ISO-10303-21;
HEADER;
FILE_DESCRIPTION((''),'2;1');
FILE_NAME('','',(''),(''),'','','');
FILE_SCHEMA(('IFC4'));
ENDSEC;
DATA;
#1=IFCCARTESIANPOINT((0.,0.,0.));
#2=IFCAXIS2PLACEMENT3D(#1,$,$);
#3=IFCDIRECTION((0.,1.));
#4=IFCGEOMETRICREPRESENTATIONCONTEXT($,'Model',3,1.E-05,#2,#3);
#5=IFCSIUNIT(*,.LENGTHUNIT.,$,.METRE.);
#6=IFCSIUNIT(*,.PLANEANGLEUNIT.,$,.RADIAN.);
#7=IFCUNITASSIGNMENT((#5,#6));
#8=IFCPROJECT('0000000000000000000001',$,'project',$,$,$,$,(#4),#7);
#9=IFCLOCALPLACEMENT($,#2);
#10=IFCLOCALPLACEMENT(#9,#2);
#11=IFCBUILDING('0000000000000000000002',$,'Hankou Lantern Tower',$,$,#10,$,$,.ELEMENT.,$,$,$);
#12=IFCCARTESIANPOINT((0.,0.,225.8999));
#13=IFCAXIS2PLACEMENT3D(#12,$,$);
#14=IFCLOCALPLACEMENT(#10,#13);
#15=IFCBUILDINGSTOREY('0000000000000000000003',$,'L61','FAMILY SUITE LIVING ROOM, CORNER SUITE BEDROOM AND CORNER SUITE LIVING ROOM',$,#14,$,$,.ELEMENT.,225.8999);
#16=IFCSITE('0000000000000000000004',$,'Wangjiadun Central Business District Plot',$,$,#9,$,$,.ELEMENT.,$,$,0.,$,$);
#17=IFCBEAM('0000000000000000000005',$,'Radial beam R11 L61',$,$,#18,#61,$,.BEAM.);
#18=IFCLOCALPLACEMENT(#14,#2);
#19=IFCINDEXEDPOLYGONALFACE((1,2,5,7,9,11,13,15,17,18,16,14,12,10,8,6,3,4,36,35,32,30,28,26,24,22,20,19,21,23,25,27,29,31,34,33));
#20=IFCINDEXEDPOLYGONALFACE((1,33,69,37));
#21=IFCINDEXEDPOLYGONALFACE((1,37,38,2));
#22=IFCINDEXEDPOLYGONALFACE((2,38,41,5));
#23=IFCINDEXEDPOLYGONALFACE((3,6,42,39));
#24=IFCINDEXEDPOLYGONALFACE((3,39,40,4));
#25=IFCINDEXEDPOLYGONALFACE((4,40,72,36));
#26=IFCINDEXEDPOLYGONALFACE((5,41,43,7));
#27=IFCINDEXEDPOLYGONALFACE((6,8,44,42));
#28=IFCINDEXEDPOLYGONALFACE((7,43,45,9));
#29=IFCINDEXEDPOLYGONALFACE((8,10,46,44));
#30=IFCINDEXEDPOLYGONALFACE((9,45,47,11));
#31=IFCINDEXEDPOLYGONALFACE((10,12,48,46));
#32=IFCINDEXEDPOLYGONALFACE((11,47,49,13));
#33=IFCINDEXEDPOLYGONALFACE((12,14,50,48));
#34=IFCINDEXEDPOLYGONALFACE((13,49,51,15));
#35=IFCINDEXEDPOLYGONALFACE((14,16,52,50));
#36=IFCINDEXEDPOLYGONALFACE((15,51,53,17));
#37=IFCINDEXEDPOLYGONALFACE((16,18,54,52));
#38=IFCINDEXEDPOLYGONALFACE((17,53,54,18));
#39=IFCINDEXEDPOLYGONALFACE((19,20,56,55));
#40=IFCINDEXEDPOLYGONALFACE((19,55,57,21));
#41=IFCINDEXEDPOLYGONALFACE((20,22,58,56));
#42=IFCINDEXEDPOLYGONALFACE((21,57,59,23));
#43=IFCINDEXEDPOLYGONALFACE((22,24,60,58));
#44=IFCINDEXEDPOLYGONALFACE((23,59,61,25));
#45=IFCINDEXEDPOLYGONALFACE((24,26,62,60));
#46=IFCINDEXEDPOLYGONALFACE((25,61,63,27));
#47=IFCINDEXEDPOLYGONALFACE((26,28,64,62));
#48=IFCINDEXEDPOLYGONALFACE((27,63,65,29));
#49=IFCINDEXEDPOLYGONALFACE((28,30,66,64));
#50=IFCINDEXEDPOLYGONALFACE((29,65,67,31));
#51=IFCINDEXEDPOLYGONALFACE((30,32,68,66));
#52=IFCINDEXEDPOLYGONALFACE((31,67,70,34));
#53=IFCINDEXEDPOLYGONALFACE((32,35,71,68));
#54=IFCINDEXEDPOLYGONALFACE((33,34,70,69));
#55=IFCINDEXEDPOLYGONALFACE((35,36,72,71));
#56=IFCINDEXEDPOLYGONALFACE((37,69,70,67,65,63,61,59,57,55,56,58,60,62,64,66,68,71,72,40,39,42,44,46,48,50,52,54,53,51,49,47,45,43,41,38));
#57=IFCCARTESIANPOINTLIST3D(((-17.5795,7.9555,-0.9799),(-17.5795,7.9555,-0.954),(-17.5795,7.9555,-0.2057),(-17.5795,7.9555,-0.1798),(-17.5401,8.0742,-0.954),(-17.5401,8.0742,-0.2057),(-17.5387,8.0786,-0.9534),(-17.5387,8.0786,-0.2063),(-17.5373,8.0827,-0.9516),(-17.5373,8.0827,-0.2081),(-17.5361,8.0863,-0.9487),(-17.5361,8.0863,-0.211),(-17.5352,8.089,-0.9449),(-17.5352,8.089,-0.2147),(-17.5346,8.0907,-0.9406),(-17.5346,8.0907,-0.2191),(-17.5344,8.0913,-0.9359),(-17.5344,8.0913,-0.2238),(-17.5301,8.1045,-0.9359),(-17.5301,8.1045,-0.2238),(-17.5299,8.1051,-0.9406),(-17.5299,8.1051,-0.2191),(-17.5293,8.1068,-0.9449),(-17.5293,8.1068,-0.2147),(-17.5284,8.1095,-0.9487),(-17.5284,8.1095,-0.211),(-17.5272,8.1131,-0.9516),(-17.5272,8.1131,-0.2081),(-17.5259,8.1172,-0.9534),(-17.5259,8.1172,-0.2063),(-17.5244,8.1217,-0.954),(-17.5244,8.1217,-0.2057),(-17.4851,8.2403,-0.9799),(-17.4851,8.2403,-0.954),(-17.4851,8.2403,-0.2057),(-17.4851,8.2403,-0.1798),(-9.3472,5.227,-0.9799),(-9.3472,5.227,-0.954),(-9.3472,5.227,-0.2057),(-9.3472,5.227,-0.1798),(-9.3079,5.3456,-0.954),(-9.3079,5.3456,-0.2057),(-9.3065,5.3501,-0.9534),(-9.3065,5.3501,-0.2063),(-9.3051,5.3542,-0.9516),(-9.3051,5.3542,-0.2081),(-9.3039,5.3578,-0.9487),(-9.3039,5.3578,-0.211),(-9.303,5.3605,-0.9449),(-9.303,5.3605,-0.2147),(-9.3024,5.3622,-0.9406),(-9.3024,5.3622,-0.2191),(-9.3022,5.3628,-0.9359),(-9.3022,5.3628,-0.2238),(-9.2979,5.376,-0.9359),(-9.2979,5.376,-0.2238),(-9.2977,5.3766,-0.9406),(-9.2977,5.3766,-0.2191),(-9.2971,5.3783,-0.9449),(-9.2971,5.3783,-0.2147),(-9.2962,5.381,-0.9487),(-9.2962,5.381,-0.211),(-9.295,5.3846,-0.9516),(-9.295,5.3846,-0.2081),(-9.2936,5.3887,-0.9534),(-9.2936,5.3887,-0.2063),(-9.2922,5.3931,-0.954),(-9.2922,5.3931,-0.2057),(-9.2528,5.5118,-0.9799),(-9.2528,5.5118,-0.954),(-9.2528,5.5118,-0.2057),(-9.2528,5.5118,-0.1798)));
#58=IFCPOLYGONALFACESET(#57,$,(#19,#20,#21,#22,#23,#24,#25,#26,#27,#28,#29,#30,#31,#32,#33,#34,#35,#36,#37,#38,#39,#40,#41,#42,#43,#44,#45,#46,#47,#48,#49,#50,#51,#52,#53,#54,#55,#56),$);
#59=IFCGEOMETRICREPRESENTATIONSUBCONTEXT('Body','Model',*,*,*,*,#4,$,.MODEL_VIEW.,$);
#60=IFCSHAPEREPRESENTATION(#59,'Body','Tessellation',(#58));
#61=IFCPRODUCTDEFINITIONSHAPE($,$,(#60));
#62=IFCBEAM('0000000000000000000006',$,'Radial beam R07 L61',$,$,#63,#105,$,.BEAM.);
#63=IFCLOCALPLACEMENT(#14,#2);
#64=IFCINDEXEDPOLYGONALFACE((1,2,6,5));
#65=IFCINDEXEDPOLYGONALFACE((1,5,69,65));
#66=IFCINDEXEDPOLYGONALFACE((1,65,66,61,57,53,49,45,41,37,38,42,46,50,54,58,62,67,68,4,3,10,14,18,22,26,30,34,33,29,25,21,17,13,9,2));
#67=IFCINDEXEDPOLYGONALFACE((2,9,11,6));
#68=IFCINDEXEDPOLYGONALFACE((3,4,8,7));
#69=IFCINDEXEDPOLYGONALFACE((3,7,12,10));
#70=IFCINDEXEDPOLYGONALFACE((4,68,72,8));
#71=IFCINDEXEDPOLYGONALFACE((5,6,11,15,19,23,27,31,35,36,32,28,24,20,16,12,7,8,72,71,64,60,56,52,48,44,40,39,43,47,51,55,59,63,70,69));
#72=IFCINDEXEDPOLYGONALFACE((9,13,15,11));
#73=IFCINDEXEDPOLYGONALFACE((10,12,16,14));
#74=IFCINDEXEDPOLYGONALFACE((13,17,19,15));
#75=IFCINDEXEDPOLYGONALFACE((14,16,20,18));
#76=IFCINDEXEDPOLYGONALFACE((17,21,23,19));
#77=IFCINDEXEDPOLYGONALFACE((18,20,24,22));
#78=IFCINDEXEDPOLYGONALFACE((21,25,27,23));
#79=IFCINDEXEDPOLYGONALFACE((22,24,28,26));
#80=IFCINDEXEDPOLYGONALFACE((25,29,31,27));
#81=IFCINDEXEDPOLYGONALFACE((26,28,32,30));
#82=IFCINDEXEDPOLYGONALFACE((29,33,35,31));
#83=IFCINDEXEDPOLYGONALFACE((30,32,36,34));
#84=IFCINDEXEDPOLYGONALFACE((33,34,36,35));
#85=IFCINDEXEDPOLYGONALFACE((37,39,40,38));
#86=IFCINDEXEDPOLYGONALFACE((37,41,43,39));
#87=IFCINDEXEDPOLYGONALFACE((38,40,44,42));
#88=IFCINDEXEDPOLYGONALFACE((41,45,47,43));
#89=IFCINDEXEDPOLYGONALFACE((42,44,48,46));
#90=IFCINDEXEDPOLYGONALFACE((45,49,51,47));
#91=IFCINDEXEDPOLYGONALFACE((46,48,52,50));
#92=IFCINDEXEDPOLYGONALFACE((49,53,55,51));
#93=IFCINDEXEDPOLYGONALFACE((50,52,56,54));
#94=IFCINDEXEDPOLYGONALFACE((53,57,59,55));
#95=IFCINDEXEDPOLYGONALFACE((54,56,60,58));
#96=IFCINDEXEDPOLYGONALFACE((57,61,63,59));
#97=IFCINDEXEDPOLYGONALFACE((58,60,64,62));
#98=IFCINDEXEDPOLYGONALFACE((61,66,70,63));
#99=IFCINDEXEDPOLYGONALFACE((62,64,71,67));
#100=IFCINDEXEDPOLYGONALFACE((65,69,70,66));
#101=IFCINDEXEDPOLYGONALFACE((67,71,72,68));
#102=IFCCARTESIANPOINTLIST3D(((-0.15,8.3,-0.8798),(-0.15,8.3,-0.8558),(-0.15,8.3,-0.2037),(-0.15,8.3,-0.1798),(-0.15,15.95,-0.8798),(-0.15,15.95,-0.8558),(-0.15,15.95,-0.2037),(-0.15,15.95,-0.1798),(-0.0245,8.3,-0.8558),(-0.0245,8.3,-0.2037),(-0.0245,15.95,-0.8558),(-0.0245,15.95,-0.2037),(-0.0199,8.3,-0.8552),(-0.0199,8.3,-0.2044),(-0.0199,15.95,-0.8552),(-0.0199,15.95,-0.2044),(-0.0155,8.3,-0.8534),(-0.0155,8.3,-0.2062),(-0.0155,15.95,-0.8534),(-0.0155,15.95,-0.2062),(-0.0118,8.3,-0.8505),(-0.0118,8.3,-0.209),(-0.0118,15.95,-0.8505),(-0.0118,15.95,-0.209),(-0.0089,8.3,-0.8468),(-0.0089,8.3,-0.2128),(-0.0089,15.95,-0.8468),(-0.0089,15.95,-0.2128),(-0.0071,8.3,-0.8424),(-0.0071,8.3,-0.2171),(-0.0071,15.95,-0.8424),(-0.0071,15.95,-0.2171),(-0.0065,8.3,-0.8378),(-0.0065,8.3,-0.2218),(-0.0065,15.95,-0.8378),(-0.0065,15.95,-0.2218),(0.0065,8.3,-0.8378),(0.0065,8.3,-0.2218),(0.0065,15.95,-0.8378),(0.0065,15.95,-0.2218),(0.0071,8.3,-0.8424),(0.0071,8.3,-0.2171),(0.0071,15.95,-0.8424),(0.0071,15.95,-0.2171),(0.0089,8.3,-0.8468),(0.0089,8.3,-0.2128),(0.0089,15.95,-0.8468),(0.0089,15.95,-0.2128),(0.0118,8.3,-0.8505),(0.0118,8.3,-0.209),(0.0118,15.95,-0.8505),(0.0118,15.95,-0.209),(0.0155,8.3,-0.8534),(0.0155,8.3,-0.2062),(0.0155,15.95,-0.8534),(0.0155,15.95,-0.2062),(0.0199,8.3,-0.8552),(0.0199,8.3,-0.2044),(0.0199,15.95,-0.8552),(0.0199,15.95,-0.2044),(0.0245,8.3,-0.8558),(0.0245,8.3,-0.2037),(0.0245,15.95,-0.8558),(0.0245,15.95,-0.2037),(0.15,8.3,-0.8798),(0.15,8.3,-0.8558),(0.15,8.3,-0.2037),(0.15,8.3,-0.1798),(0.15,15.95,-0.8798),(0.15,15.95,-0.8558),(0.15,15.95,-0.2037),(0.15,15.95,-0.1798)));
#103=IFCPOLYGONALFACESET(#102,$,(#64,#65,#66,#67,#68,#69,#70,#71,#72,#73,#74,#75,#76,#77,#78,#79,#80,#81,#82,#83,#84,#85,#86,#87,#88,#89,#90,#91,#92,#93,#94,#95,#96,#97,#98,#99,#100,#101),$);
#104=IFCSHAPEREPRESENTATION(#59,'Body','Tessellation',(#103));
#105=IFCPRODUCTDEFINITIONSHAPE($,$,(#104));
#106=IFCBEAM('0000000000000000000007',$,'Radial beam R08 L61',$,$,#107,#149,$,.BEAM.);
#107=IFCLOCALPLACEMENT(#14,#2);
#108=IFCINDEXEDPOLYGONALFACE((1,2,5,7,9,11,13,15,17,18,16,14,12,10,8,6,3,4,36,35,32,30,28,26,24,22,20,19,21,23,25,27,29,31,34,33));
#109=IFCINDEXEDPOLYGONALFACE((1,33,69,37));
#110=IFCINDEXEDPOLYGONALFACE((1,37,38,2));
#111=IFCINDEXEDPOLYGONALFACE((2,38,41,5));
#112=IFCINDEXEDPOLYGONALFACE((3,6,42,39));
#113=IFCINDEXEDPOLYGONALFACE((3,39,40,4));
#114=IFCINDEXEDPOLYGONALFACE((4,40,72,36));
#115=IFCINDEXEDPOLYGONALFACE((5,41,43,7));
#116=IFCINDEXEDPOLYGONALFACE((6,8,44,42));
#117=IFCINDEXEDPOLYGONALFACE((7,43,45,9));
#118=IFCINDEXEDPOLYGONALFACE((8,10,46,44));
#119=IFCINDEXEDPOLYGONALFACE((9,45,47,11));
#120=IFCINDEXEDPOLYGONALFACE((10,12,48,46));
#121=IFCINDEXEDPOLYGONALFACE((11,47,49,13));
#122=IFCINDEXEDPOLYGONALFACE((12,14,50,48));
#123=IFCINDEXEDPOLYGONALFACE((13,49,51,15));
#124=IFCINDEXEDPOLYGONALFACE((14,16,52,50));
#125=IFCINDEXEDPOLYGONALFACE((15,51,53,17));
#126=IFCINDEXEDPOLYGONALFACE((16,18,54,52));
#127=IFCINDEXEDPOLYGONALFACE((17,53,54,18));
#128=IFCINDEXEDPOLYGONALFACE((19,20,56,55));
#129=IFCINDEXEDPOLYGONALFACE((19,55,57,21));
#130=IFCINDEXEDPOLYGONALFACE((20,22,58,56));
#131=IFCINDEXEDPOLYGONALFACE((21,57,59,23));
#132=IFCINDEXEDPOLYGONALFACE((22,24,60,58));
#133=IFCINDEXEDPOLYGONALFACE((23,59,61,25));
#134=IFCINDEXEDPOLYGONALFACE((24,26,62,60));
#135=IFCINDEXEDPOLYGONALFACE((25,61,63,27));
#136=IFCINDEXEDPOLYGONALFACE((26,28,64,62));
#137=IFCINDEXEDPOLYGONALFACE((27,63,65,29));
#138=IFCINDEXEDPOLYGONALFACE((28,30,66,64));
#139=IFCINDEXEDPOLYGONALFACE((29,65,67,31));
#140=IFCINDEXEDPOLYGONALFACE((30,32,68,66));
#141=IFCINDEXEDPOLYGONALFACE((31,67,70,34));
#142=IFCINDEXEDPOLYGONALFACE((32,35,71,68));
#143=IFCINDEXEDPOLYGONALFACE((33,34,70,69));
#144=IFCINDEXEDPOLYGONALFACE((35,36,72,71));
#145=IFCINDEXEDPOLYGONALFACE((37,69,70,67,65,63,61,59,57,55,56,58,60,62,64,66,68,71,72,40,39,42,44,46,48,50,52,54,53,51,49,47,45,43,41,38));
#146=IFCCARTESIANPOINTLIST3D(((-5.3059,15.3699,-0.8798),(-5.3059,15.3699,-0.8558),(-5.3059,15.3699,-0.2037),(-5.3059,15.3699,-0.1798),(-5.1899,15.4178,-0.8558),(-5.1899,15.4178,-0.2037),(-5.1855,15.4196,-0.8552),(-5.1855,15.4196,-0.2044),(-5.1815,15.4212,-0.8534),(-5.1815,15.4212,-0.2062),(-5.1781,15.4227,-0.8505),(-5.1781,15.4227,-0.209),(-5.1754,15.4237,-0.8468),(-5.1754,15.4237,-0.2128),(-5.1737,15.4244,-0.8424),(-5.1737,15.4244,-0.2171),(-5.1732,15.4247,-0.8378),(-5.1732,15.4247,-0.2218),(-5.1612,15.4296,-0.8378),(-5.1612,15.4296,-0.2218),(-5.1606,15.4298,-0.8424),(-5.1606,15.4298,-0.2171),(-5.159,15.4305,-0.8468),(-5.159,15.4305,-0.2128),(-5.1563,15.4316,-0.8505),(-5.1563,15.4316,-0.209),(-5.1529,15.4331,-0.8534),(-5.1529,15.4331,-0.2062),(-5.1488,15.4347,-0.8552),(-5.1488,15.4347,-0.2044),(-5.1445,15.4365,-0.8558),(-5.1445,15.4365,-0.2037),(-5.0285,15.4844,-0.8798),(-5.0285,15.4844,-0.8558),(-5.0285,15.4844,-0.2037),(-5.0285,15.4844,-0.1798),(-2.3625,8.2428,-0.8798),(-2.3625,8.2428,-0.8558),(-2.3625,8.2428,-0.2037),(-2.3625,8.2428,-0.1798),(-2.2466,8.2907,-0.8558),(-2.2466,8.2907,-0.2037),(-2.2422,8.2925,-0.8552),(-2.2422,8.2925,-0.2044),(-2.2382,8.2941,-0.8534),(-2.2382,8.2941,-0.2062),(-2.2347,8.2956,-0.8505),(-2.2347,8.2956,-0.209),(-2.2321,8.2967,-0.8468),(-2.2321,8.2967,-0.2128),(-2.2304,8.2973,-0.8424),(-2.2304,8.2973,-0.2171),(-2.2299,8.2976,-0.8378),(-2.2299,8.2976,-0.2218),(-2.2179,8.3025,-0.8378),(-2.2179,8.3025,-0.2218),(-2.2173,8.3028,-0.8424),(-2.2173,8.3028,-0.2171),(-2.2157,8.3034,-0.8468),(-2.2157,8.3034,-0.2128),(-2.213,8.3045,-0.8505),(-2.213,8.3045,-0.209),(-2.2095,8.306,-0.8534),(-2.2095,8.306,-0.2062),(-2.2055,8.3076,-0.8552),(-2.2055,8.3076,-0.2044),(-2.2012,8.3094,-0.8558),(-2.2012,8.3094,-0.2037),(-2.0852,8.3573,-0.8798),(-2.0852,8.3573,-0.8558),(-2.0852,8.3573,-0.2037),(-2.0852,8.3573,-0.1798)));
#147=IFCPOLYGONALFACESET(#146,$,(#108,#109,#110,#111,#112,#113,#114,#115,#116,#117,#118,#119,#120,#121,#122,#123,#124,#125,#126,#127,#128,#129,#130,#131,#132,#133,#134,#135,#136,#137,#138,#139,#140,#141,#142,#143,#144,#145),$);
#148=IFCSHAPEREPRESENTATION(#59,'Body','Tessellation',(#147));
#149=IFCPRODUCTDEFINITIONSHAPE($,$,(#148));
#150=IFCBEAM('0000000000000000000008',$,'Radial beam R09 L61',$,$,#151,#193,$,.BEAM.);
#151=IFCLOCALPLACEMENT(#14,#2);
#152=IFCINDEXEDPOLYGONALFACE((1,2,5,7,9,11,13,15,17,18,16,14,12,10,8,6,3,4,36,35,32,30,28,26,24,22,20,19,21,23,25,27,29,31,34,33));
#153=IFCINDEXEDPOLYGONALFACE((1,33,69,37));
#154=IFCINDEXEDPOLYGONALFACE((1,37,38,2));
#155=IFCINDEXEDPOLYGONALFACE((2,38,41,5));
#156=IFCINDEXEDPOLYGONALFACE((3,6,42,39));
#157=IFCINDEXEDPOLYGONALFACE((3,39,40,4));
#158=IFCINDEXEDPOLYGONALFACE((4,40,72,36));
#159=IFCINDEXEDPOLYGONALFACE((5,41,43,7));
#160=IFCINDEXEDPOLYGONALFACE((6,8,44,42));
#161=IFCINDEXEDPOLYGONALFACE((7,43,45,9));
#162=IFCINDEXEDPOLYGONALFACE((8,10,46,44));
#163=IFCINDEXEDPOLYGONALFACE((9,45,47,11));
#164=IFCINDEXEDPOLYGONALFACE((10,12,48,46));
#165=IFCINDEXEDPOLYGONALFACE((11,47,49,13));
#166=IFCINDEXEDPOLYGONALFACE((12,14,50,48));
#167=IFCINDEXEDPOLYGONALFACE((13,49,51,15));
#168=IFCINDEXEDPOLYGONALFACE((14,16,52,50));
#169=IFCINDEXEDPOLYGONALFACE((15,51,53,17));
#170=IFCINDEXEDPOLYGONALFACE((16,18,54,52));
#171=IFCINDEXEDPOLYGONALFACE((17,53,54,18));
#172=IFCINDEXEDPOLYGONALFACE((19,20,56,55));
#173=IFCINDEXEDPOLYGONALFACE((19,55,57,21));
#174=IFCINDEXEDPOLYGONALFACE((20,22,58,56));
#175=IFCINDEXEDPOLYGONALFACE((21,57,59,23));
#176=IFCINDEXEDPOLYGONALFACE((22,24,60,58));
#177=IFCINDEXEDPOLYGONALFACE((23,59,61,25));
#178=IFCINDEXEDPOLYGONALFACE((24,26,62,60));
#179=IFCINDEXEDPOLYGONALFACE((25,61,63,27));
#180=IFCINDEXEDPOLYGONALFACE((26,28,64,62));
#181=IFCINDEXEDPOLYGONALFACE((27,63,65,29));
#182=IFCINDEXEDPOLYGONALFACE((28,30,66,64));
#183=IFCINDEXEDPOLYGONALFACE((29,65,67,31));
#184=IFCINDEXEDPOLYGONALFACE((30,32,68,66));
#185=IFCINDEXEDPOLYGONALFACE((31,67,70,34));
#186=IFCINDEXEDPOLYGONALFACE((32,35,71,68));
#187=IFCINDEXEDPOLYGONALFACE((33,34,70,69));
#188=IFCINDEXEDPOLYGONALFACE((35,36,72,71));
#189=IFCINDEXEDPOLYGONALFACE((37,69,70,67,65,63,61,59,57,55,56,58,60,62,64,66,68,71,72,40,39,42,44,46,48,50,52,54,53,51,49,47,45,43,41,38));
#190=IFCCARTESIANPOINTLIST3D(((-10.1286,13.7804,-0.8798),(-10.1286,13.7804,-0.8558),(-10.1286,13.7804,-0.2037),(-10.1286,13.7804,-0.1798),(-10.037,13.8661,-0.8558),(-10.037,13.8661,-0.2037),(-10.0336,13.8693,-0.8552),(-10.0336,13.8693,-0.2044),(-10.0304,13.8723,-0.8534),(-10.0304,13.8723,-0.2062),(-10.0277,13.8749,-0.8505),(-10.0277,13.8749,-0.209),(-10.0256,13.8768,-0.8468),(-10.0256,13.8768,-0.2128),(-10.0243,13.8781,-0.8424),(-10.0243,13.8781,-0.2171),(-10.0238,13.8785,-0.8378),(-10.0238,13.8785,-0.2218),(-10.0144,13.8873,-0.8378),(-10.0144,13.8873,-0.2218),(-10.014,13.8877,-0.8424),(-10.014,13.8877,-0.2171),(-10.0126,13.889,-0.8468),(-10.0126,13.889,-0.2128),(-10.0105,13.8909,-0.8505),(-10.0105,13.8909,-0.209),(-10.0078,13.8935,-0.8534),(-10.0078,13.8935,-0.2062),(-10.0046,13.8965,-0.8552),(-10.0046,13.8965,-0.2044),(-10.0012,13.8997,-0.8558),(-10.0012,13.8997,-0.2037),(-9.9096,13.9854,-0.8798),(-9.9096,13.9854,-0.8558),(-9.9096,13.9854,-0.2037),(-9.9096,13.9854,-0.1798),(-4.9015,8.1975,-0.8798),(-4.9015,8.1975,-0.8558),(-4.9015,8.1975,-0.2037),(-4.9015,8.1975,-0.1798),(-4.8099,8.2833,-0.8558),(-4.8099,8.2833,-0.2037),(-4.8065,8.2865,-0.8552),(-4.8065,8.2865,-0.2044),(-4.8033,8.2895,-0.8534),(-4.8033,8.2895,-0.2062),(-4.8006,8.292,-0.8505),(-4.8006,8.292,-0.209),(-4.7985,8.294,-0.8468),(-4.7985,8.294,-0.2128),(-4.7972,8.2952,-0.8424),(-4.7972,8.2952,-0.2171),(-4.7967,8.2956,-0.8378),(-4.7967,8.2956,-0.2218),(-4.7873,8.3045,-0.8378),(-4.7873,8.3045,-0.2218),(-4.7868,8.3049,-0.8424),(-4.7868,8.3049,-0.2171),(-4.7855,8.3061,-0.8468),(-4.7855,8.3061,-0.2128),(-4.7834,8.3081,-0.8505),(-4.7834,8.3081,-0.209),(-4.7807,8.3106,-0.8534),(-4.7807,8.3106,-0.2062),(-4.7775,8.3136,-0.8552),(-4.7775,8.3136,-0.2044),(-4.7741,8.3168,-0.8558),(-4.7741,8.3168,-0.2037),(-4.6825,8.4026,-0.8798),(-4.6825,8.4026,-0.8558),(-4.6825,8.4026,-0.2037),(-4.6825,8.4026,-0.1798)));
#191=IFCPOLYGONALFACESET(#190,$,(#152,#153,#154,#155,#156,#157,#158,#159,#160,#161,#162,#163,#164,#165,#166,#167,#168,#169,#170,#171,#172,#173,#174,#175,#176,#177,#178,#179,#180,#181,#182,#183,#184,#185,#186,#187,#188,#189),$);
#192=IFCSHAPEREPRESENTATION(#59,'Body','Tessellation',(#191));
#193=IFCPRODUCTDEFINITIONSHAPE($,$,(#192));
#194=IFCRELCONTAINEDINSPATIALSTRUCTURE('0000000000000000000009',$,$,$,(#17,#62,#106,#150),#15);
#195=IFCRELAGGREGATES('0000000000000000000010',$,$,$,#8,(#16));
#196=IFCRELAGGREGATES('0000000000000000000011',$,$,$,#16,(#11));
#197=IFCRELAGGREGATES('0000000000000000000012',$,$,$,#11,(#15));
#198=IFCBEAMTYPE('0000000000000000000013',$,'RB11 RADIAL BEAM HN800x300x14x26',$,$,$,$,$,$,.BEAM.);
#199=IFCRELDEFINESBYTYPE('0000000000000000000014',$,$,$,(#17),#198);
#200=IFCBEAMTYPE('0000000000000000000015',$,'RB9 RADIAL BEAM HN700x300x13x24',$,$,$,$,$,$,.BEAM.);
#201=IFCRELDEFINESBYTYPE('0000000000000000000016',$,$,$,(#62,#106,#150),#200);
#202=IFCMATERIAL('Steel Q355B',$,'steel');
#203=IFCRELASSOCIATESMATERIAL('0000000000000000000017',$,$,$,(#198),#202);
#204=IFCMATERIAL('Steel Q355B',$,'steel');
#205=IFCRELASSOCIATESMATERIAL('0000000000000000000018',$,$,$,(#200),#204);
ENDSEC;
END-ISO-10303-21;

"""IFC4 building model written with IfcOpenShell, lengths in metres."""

from ifc_helpers import new_model, si_unit, direction, frame, origin, origin_2d, place, context, subcontext, project, spatial, i_section, extrude, material, material_profile, profile_set, type_object, element, save


model = new_model("IFC4")

# Units and contexts
model_context = context("Model", 3, precision=1e-05, world=origin(), true_north=direction((0.0, 1.0)))
body_context = subcontext(model_context, "Body", "Model", "MODEL_VIEW")
ifc_project = project(units=[si_unit("LENGTHUNIT", "METRE"), si_unit("PLANEANGLEUNIT", "RADIAN")], contexts=[model_context])

# Site, building, storey
site_placement = place(None, origin())
site = spatial("IfcSite", under=ifc_project, at=site_placement, Name="Wangjiadun Central Business District Plot", CompositionType="ELEMENT", RefElevation=0.0)
building_placement = place(site_placement, origin())
building = spatial("IfcBuilding", under=site, at=building_placement, Name="Hankou Lantern Tower", CompositionType="ELEMENT")
storey_placement = place(building_placement, frame((0.0, 0.0, 225.8999)))
storey = spatial("IfcBuildingStorey", under=building, at=storey_placement, Name="L61", Description="FAMILY SUITE LIVING ROOM, CORNER SUITE BEDROOM AND CORNER SUITE LIVING ROOM", CompositionType="ELEMENT", Elevation=225.8999)

# Beams
ifc_material_1 = material(Name="Steel Q355B", Category="steel")
ifc_material_profile_1 = material_profile(ifc_material_1, i_section(OverallWidth=0.3, OverallDepth=0.8, WebThickness=0.0139, FlangeThickness=0.0259, FilletRadius=0.0181, at=origin_2d()), Name="HN800x300x14x26")
ifc_profile_set_1 = profile_set([ifc_material_profile_1], Name="Steel Q355B")
beam_type_1 = type_object("IfcBeamType", Name="RB11 RADIAL BEAM HN800x300x14x26", PredefinedType="BEAM", material=ifc_profile_set_1)
beam_1_placement = place(storey_placement, frame((-9.3, 5.3694, -0.5798), z_axis=(-0.94922, 0.314614, 0.0), x_axis=(-0.314614, -0.94922, 0.0)))
element("IfcBeam", 1, at=beam_1_placement, inside=storey, type_object=beam_type_1, Name="Radial beam R11 L61", PredefinedType="BEAM", context=body_context, shape_type="SweptSolid", body=[
    extrude(i_section(OverallWidth=0.3, OverallDepth=0.8, WebThickness=0.0139, FlangeThickness=0.0259, FilletRadius=0.0181, at=origin_2d()), origin(), (0.0, 0.0, 1.0), 8.6726),
])
ifc_material_2 = material(Name="Steel Q355B", Category="steel")
ifc_material_profile_2 = material_profile(ifc_material_2, i_section(OverallWidth=0.3, OverallDepth=0.7, WebThickness=0.0129, FlangeThickness=0.0239, FilletRadius=0.0181, at=origin_2d()), Name="HN700x300x13x24")
ifc_profile_set_2 = profile_set([ifc_material_profile_2], Name="Steel Q355B")
beam_type_2 = type_object("IfcBeamType", Name="RB9 RADIAL BEAM HN700x300x13x24", PredefinedType="BEAM", material=ifc_profile_set_2)
beam_2_placement = place(storey_placement, frame((0.0, 8.3, -0.5298), z_axis=(0.0, 1.0, 0.0), x_axis=(-1.0, 0.0, 0.0)))
element("IfcBeam", 2, at=beam_2_placement, inside=storey, type_object=beam_type_2, Name="Radial beam R07 L61", PredefinedType="BEAM", context=body_context, shape_type="SweptSolid", body=[
    extrude(i_section(OverallWidth=0.3, OverallDepth=0.7, WebThickness=0.0129, FlangeThickness=0.0239, FilletRadius=0.0181, at=origin_2d()), origin(), (0.0, 0.0, 1.0), 7.6499),
])
beam_3_placement = place(storey_placement, frame((-2.2239, 8.3, -0.5298), z_axis=(-0.381707, 0.924284, 0.0), x_axis=(-0.924284, -0.381707, 0.0)))
element("IfcBeam", 3, at=beam_3_placement, inside=storey, type_object=beam_type_2, Name="Radial beam R08 L61", PredefinedType="BEAM", context=body_context, shape_type="SweptSolid", body=[
    extrude(i_section(OverallWidth=0.3, OverallDepth=0.7, WebThickness=0.0129, FlangeThickness=0.0239, FilletRadius=0.0181, at=origin_2d()), origin(), (0.0, 0.0, 1.0), 7.7109),
])
beam_4_placement = place(storey_placement, frame((-4.792, 8.3, -0.5298), z_axis=(-0.683468, 0.72998, 0.0), x_axis=(-0.72998, -0.683468, 0.0)))
element("IfcBeam", 4, at=beam_4_placement, inside=storey, type_object=beam_type_2, Name="Radial beam R09 L61", PredefinedType="BEAM", context=body_context, shape_type="SweptSolid", body=[
    extrude(i_section(OverallWidth=0.3, OverallDepth=0.7, WebThickness=0.0129, FlangeThickness=0.0239, FilletRadius=0.0181, at=origin_2d()), origin(), (0.0, 0.0, 1.0), 7.6479),
])

save(model, "model.ifc")
